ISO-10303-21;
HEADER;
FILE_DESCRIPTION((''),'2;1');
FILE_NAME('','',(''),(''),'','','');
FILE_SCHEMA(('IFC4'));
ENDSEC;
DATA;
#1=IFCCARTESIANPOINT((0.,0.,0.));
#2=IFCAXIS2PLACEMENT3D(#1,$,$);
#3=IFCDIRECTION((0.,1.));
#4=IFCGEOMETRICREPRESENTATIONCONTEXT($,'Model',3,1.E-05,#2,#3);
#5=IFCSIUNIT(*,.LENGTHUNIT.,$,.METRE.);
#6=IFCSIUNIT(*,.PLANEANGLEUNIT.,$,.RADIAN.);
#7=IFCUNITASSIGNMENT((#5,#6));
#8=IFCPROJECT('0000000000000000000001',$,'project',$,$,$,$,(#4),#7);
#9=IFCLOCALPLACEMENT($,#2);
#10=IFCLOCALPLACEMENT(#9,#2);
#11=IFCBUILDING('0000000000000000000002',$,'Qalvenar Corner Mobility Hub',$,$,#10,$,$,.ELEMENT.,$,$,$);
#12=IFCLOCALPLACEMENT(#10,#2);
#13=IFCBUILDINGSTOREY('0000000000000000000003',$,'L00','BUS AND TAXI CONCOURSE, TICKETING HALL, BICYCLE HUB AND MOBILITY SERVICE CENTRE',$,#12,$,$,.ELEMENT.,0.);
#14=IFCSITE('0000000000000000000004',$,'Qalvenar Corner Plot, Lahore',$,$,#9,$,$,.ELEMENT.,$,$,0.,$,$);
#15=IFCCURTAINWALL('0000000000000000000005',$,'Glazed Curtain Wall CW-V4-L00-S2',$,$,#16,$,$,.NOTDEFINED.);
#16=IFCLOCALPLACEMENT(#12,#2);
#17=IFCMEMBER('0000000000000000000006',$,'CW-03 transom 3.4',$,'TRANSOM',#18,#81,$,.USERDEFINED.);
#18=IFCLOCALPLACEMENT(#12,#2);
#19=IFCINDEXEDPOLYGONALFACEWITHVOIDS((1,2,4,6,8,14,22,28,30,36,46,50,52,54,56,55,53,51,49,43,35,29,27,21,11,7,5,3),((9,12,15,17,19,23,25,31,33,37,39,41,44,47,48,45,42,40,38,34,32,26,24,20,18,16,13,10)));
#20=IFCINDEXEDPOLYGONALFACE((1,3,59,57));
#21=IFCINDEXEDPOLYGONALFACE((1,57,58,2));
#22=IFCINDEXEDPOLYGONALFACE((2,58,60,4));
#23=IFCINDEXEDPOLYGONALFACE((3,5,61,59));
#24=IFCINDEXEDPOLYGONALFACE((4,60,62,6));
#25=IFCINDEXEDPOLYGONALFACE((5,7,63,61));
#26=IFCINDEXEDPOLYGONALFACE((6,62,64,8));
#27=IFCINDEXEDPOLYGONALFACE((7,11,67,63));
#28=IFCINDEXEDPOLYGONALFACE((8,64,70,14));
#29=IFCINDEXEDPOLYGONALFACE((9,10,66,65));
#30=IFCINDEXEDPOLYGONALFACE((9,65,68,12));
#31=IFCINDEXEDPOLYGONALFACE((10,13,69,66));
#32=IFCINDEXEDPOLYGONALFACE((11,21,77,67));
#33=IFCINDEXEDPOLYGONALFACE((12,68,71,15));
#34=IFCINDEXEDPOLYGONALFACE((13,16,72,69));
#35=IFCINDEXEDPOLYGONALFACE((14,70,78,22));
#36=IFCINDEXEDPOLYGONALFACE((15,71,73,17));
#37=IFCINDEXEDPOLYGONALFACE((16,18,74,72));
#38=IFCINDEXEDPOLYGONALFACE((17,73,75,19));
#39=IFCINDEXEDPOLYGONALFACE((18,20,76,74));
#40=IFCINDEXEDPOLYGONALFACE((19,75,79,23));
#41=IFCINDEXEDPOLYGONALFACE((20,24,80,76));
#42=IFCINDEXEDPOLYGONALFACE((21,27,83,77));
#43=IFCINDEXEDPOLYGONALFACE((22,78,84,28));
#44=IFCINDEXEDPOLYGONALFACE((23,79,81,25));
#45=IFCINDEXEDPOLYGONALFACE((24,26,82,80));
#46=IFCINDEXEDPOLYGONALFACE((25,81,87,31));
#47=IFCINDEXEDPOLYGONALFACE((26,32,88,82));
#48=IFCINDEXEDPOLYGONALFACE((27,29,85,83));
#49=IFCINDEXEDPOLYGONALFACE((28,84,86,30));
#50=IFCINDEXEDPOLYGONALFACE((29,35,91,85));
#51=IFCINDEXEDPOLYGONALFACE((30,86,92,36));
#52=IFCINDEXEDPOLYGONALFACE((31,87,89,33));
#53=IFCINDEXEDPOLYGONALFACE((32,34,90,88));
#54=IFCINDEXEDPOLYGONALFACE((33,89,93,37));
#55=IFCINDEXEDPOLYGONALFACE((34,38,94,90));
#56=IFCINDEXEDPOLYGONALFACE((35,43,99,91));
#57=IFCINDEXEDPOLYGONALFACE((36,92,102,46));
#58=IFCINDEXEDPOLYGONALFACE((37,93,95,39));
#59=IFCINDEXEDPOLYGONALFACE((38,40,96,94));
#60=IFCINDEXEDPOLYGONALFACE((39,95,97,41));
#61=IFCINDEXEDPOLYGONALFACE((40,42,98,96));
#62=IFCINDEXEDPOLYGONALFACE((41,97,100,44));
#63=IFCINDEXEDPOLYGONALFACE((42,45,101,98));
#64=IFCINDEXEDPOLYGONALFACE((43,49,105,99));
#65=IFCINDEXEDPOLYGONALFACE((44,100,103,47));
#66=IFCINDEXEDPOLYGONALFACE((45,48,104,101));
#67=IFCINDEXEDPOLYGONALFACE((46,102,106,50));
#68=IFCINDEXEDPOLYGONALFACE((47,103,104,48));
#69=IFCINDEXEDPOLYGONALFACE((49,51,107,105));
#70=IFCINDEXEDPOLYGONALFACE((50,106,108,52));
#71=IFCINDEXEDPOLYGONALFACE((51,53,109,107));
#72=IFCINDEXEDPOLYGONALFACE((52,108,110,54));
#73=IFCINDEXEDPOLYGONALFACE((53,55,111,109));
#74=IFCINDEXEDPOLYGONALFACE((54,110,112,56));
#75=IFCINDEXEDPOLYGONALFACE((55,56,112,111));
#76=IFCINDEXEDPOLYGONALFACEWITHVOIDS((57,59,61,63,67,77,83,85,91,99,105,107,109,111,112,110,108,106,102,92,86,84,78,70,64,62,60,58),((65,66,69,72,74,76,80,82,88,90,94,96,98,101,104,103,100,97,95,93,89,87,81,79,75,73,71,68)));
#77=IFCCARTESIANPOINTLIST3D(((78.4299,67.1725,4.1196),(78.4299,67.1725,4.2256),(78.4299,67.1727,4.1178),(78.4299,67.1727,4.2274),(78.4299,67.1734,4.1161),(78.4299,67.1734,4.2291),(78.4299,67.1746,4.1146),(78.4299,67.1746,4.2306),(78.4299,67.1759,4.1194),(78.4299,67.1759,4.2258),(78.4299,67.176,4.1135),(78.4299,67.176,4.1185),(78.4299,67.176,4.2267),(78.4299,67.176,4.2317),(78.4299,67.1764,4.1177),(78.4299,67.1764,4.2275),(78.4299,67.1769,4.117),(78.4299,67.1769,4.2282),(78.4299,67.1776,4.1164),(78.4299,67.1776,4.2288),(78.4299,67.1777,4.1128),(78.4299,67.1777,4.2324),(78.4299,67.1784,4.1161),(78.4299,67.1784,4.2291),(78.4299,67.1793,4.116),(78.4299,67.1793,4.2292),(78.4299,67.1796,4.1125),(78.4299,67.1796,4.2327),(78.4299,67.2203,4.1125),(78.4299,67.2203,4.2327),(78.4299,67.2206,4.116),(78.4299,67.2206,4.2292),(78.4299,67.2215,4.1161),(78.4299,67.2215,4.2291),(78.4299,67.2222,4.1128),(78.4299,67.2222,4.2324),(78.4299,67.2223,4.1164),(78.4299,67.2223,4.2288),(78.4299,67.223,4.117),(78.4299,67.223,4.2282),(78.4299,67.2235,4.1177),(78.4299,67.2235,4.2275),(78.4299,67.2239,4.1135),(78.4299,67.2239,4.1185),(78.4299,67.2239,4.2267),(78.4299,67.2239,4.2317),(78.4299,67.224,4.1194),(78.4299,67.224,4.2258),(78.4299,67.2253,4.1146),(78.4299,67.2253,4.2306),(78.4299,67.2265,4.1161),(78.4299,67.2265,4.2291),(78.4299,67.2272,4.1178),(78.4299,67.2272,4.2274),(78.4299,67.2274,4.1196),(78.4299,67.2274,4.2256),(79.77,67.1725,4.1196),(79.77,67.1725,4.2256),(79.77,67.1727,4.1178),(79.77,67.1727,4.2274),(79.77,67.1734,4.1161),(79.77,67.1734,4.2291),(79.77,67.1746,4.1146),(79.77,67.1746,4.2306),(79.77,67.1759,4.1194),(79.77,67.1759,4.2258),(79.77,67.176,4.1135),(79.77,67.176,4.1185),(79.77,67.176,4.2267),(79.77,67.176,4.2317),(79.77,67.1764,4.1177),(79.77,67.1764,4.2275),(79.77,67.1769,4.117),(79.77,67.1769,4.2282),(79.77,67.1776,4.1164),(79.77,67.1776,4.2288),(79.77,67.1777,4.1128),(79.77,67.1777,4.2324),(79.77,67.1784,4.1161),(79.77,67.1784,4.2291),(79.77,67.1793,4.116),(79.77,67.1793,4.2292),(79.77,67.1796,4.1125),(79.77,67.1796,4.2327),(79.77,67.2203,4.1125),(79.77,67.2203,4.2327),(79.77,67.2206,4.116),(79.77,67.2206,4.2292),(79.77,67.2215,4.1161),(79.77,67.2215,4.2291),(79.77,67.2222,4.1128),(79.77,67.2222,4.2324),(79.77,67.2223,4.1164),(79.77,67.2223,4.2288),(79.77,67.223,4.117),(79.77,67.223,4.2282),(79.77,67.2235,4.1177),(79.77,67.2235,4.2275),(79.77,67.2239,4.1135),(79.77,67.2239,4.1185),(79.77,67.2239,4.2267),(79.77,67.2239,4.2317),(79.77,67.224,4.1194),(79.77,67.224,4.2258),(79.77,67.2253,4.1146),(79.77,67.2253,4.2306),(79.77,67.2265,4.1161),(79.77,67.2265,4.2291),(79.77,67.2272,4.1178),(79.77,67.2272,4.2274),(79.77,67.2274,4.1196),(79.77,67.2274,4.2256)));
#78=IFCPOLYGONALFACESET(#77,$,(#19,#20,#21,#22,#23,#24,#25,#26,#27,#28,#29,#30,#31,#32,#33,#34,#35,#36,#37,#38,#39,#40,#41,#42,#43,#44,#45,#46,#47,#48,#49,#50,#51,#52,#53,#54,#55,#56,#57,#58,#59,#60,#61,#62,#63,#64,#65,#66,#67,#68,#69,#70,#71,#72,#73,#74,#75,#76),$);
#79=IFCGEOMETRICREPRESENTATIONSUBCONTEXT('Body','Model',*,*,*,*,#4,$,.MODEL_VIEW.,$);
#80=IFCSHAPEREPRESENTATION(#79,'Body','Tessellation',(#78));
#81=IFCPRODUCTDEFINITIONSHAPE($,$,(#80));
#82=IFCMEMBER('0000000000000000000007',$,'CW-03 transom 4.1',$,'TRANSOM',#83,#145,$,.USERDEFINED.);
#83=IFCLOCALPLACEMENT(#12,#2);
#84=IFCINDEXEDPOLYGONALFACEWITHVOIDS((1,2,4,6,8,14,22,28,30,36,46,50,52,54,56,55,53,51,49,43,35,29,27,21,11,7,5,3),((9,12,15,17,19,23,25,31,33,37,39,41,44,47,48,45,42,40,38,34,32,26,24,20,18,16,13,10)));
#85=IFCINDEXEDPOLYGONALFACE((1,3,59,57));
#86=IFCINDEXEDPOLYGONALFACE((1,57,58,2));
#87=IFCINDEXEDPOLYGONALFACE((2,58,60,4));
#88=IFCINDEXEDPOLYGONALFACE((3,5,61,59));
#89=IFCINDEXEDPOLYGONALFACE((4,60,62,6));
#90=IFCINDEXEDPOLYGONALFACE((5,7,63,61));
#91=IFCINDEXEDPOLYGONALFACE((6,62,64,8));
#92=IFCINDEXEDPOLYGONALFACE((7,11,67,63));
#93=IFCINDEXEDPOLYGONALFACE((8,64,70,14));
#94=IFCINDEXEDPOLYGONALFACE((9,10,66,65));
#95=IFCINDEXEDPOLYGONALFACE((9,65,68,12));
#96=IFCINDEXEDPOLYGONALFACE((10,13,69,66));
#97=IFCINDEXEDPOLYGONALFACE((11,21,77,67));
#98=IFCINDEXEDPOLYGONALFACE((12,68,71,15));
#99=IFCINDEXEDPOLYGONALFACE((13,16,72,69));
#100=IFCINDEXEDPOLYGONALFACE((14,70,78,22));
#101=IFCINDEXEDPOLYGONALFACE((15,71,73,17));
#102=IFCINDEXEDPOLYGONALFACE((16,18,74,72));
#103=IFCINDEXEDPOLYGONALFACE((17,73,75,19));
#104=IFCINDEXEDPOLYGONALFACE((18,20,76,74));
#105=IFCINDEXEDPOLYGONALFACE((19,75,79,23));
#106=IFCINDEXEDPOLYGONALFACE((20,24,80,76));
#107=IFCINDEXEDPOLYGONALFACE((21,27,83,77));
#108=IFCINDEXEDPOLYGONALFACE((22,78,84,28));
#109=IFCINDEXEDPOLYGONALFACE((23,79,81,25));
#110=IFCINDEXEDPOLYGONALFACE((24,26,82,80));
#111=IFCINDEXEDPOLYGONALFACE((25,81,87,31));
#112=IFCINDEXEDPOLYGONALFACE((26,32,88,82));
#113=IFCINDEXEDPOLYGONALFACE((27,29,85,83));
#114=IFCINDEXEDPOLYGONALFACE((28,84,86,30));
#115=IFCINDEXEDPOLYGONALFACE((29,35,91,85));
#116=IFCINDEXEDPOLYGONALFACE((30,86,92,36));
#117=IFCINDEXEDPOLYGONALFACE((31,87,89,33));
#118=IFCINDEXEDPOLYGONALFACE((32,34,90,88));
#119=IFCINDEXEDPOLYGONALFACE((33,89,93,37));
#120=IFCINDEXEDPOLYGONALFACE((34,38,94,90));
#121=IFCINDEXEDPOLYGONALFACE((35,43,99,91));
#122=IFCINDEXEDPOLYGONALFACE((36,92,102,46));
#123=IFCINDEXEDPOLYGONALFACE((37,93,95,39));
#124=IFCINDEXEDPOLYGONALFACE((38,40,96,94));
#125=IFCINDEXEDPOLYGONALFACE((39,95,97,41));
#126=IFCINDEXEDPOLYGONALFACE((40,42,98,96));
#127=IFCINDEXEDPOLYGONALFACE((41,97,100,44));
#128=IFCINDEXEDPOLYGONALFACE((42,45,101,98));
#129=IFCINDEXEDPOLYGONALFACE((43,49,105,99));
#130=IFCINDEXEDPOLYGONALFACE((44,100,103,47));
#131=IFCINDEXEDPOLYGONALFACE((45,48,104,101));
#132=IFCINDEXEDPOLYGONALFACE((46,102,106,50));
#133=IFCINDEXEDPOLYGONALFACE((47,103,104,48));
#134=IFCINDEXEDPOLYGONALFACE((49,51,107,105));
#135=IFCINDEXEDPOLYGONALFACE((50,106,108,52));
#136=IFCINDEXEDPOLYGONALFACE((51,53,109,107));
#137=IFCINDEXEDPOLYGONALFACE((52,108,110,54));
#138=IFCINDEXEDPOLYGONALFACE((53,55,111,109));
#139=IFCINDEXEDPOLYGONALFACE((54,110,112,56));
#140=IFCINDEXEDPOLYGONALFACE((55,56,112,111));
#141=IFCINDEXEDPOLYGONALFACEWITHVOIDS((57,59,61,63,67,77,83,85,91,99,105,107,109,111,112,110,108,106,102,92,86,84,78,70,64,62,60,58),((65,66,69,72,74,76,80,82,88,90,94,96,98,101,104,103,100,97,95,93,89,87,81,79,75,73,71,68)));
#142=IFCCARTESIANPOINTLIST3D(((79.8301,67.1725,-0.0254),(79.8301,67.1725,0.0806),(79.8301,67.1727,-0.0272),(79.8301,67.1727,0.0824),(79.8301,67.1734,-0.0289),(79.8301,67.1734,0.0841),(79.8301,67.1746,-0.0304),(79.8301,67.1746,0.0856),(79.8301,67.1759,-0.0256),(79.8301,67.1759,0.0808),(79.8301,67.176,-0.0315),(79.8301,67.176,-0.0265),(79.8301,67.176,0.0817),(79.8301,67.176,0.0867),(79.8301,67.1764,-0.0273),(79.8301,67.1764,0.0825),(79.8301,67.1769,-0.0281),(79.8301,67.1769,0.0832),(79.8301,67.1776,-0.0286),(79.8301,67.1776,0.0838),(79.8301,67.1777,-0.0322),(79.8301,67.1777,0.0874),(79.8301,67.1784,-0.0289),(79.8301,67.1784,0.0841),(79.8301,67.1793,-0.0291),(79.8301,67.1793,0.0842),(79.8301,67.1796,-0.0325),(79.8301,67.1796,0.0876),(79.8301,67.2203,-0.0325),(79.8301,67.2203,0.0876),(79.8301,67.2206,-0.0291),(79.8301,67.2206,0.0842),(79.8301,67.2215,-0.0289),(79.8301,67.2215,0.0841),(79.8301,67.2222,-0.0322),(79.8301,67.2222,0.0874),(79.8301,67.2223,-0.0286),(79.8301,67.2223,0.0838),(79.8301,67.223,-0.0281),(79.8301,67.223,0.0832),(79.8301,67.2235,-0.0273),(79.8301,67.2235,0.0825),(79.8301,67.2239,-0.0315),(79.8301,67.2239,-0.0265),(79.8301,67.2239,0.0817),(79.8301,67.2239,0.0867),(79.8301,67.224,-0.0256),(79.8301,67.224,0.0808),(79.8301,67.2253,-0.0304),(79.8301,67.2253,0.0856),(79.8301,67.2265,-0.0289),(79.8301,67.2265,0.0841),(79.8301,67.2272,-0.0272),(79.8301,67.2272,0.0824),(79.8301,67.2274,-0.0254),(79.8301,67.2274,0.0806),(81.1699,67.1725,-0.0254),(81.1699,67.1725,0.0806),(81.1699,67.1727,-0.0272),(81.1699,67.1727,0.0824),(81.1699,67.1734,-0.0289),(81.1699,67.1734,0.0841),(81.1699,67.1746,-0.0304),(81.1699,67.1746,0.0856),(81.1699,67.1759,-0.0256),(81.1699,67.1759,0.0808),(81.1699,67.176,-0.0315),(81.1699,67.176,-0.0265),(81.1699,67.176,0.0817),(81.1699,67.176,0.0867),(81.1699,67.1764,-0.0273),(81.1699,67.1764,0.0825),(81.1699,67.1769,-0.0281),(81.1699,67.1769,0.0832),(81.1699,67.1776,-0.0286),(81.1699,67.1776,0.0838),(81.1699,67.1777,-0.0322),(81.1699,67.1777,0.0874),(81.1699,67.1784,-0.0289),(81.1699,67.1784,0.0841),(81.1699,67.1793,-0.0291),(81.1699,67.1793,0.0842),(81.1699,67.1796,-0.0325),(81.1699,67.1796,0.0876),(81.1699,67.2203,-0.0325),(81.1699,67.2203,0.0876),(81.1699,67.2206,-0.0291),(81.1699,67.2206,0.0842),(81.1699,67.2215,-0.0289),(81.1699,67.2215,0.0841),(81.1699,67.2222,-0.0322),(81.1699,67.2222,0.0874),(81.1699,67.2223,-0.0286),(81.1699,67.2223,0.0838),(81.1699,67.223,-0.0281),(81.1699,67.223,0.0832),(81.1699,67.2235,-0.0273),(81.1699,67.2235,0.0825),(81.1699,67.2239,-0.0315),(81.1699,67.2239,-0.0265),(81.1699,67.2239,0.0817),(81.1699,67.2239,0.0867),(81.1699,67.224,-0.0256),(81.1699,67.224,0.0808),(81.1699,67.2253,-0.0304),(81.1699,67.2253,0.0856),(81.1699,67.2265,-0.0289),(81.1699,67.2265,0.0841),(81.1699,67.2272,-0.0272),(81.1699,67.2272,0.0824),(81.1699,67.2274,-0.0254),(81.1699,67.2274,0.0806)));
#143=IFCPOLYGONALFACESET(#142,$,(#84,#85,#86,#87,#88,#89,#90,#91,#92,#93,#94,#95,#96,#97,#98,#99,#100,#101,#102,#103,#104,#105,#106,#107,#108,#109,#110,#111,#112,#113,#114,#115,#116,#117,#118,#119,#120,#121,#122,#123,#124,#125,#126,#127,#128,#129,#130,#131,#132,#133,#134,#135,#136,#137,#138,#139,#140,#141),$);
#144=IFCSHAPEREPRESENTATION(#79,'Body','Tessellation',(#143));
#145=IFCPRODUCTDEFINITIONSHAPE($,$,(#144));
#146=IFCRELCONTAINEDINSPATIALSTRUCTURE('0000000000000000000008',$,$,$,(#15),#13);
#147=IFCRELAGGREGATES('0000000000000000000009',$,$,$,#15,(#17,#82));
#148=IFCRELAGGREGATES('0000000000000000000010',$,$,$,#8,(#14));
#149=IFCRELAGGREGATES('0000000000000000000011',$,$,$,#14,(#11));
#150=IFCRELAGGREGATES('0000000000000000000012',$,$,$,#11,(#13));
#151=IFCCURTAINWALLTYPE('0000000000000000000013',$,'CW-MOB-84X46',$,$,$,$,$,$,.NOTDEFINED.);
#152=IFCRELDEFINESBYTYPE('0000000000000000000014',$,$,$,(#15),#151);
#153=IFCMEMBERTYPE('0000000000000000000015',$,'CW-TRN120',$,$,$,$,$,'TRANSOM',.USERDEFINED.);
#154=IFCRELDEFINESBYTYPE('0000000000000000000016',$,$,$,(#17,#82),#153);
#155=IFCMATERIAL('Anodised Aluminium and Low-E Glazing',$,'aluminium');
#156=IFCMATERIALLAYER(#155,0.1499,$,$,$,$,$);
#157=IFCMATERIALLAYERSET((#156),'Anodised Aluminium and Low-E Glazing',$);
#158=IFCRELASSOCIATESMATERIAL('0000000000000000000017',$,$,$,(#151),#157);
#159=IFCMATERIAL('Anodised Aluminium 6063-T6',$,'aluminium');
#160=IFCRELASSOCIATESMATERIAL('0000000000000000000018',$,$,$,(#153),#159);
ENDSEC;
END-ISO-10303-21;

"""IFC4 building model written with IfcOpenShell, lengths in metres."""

from ifc_helpers import new_model, si_unit, direction, frame, origin, origin_2d, place, context, subcontext, project, spatial, hollow_rectangle, extrude, material, layer, layer_set, material_profile, profile_set, type_object, element, aggregate, save


model = new_model("IFC4")

# Units and contexts
model_context = context("Model", 3, precision=1e-05, world=origin(), true_north=direction((0.0, 1.0)))
body_context = subcontext(model_context, "Body", "Model", "MODEL_VIEW")
ifc_project = project(units=[si_unit("LENGTHUNIT", "METRE"), si_unit("PLANEANGLEUNIT", "RADIAN")], contexts=[model_context])

# Site, building, storey
site_placement = place(None, origin())
site = spatial("IfcSite", under=ifc_project, at=site_placement, Name="Qalvenar Corner Plot, Lahore", CompositionType="ELEMENT", RefElevation=0.0)
building_placement = place(site_placement, origin())
building = spatial("IfcBuilding", under=site, at=building_placement, Name="Qalvenar Corner Mobility Hub", CompositionType="ELEMENT")
storey_placement = place(building_placement, origin())
storey = spatial("IfcBuildingStorey", under=building, at=storey_placement, Name="L00", Description="BUS AND TAXI CONCOURSE, TICKETING HALL, BICYCLE HUB AND MOBILITY SERVICE CENTRE", CompositionType="ELEMENT", Elevation=0.0)

# Curtain wall, members
ifc_material_1 = material(Name="Anodised Aluminium and Low-E Glazing", Category="aluminium")
ifc_layer_1 = layer(ifc_material_1, 0.1499)
ifc_layer_set_1 = layer_set([ifc_layer_1], Name="Anodised Aluminium and Low-E Glazing")
curtain_wall_type = type_object("IfcCurtainWallType", Name="CW-MOB-84X46", PredefinedType="NOTDEFINED", material=ifc_layer_set_1)
curtain_wall_placement = place(storey_placement, origin())
curtain_wall = element("IfcCurtainWall", 1, at=curtain_wall_placement, inside=storey, type_object=curtain_wall_type, Name="Glazed Curtain Wall CW-V4-L00-S2", PredefinedType="NOTDEFINED")
ifc_material_2 = material(Name="Anodised Aluminium 6063-T6", Category="aluminium")
ifc_material_profile_1 = material_profile(ifc_material_2, hollow_rectangle(XDim=0.0549, YDim=0.1201, WallThickness=0.0034, InnerFilletRadius=0.0034, OuterFilletRadius=0.0071, at=origin_2d()), Name="RHS120x55x3.5")
ifc_profile_set_1 = profile_set([ifc_material_profile_1], Name="Anodised Aluminium 6063-T6")
member_type_1 = type_object("IfcMemberType", Name="CW-TRN120", ElementType="TRANSOM", PredefinedType="USERDEFINED", material=ifc_profile_set_1)
member_1_placement = place(storey_placement, frame((78.4299, 67.2, 4.1726), z_axis=(1.0, 0.0, 0.0), x_axis=(0.0, 1.0, 0.0)))
member_1 = element("IfcMember", 2, at=member_1_placement, type_object=member_type_1, Name="CW-03 transom 3.4", ObjectType="TRANSOM", PredefinedType="USERDEFINED", context=body_context, shape_type="SweptSolid", body=[
    extrude(hollow_rectangle(XDim=0.0549, YDim=0.1201, WallThickness=0.0034, InnerFilletRadius=0.0034, OuterFilletRadius=0.0071, at=origin_2d()), origin(), (0.0, 0.0, 1.0), 1.3401),
])
member_2_placement = place(storey_placement, frame((79.8301, 67.2, 0.0276), z_axis=(1.0, 0.0, 0.0), x_axis=(0.0, 1.0, 0.0)))
member_2 = element("IfcMember", 3, at=member_2_placement, type_object=member_type_1, Name="CW-03 transom 4.1", ObjectType="TRANSOM", PredefinedType="USERDEFINED", context=body_context, shape_type="SweptSolid", body=[
    extrude(hollow_rectangle(XDim=0.0549, YDim=0.1201, WallThickness=0.0034, InnerFilletRadius=0.0034, OuterFilletRadius=0.0071, at=origin_2d()), origin(), (0.0, 0.0, 1.0), 1.3398),
])
aggregate(curtain_wall, [member_1, member_2])

save(model, "model.ifc")
